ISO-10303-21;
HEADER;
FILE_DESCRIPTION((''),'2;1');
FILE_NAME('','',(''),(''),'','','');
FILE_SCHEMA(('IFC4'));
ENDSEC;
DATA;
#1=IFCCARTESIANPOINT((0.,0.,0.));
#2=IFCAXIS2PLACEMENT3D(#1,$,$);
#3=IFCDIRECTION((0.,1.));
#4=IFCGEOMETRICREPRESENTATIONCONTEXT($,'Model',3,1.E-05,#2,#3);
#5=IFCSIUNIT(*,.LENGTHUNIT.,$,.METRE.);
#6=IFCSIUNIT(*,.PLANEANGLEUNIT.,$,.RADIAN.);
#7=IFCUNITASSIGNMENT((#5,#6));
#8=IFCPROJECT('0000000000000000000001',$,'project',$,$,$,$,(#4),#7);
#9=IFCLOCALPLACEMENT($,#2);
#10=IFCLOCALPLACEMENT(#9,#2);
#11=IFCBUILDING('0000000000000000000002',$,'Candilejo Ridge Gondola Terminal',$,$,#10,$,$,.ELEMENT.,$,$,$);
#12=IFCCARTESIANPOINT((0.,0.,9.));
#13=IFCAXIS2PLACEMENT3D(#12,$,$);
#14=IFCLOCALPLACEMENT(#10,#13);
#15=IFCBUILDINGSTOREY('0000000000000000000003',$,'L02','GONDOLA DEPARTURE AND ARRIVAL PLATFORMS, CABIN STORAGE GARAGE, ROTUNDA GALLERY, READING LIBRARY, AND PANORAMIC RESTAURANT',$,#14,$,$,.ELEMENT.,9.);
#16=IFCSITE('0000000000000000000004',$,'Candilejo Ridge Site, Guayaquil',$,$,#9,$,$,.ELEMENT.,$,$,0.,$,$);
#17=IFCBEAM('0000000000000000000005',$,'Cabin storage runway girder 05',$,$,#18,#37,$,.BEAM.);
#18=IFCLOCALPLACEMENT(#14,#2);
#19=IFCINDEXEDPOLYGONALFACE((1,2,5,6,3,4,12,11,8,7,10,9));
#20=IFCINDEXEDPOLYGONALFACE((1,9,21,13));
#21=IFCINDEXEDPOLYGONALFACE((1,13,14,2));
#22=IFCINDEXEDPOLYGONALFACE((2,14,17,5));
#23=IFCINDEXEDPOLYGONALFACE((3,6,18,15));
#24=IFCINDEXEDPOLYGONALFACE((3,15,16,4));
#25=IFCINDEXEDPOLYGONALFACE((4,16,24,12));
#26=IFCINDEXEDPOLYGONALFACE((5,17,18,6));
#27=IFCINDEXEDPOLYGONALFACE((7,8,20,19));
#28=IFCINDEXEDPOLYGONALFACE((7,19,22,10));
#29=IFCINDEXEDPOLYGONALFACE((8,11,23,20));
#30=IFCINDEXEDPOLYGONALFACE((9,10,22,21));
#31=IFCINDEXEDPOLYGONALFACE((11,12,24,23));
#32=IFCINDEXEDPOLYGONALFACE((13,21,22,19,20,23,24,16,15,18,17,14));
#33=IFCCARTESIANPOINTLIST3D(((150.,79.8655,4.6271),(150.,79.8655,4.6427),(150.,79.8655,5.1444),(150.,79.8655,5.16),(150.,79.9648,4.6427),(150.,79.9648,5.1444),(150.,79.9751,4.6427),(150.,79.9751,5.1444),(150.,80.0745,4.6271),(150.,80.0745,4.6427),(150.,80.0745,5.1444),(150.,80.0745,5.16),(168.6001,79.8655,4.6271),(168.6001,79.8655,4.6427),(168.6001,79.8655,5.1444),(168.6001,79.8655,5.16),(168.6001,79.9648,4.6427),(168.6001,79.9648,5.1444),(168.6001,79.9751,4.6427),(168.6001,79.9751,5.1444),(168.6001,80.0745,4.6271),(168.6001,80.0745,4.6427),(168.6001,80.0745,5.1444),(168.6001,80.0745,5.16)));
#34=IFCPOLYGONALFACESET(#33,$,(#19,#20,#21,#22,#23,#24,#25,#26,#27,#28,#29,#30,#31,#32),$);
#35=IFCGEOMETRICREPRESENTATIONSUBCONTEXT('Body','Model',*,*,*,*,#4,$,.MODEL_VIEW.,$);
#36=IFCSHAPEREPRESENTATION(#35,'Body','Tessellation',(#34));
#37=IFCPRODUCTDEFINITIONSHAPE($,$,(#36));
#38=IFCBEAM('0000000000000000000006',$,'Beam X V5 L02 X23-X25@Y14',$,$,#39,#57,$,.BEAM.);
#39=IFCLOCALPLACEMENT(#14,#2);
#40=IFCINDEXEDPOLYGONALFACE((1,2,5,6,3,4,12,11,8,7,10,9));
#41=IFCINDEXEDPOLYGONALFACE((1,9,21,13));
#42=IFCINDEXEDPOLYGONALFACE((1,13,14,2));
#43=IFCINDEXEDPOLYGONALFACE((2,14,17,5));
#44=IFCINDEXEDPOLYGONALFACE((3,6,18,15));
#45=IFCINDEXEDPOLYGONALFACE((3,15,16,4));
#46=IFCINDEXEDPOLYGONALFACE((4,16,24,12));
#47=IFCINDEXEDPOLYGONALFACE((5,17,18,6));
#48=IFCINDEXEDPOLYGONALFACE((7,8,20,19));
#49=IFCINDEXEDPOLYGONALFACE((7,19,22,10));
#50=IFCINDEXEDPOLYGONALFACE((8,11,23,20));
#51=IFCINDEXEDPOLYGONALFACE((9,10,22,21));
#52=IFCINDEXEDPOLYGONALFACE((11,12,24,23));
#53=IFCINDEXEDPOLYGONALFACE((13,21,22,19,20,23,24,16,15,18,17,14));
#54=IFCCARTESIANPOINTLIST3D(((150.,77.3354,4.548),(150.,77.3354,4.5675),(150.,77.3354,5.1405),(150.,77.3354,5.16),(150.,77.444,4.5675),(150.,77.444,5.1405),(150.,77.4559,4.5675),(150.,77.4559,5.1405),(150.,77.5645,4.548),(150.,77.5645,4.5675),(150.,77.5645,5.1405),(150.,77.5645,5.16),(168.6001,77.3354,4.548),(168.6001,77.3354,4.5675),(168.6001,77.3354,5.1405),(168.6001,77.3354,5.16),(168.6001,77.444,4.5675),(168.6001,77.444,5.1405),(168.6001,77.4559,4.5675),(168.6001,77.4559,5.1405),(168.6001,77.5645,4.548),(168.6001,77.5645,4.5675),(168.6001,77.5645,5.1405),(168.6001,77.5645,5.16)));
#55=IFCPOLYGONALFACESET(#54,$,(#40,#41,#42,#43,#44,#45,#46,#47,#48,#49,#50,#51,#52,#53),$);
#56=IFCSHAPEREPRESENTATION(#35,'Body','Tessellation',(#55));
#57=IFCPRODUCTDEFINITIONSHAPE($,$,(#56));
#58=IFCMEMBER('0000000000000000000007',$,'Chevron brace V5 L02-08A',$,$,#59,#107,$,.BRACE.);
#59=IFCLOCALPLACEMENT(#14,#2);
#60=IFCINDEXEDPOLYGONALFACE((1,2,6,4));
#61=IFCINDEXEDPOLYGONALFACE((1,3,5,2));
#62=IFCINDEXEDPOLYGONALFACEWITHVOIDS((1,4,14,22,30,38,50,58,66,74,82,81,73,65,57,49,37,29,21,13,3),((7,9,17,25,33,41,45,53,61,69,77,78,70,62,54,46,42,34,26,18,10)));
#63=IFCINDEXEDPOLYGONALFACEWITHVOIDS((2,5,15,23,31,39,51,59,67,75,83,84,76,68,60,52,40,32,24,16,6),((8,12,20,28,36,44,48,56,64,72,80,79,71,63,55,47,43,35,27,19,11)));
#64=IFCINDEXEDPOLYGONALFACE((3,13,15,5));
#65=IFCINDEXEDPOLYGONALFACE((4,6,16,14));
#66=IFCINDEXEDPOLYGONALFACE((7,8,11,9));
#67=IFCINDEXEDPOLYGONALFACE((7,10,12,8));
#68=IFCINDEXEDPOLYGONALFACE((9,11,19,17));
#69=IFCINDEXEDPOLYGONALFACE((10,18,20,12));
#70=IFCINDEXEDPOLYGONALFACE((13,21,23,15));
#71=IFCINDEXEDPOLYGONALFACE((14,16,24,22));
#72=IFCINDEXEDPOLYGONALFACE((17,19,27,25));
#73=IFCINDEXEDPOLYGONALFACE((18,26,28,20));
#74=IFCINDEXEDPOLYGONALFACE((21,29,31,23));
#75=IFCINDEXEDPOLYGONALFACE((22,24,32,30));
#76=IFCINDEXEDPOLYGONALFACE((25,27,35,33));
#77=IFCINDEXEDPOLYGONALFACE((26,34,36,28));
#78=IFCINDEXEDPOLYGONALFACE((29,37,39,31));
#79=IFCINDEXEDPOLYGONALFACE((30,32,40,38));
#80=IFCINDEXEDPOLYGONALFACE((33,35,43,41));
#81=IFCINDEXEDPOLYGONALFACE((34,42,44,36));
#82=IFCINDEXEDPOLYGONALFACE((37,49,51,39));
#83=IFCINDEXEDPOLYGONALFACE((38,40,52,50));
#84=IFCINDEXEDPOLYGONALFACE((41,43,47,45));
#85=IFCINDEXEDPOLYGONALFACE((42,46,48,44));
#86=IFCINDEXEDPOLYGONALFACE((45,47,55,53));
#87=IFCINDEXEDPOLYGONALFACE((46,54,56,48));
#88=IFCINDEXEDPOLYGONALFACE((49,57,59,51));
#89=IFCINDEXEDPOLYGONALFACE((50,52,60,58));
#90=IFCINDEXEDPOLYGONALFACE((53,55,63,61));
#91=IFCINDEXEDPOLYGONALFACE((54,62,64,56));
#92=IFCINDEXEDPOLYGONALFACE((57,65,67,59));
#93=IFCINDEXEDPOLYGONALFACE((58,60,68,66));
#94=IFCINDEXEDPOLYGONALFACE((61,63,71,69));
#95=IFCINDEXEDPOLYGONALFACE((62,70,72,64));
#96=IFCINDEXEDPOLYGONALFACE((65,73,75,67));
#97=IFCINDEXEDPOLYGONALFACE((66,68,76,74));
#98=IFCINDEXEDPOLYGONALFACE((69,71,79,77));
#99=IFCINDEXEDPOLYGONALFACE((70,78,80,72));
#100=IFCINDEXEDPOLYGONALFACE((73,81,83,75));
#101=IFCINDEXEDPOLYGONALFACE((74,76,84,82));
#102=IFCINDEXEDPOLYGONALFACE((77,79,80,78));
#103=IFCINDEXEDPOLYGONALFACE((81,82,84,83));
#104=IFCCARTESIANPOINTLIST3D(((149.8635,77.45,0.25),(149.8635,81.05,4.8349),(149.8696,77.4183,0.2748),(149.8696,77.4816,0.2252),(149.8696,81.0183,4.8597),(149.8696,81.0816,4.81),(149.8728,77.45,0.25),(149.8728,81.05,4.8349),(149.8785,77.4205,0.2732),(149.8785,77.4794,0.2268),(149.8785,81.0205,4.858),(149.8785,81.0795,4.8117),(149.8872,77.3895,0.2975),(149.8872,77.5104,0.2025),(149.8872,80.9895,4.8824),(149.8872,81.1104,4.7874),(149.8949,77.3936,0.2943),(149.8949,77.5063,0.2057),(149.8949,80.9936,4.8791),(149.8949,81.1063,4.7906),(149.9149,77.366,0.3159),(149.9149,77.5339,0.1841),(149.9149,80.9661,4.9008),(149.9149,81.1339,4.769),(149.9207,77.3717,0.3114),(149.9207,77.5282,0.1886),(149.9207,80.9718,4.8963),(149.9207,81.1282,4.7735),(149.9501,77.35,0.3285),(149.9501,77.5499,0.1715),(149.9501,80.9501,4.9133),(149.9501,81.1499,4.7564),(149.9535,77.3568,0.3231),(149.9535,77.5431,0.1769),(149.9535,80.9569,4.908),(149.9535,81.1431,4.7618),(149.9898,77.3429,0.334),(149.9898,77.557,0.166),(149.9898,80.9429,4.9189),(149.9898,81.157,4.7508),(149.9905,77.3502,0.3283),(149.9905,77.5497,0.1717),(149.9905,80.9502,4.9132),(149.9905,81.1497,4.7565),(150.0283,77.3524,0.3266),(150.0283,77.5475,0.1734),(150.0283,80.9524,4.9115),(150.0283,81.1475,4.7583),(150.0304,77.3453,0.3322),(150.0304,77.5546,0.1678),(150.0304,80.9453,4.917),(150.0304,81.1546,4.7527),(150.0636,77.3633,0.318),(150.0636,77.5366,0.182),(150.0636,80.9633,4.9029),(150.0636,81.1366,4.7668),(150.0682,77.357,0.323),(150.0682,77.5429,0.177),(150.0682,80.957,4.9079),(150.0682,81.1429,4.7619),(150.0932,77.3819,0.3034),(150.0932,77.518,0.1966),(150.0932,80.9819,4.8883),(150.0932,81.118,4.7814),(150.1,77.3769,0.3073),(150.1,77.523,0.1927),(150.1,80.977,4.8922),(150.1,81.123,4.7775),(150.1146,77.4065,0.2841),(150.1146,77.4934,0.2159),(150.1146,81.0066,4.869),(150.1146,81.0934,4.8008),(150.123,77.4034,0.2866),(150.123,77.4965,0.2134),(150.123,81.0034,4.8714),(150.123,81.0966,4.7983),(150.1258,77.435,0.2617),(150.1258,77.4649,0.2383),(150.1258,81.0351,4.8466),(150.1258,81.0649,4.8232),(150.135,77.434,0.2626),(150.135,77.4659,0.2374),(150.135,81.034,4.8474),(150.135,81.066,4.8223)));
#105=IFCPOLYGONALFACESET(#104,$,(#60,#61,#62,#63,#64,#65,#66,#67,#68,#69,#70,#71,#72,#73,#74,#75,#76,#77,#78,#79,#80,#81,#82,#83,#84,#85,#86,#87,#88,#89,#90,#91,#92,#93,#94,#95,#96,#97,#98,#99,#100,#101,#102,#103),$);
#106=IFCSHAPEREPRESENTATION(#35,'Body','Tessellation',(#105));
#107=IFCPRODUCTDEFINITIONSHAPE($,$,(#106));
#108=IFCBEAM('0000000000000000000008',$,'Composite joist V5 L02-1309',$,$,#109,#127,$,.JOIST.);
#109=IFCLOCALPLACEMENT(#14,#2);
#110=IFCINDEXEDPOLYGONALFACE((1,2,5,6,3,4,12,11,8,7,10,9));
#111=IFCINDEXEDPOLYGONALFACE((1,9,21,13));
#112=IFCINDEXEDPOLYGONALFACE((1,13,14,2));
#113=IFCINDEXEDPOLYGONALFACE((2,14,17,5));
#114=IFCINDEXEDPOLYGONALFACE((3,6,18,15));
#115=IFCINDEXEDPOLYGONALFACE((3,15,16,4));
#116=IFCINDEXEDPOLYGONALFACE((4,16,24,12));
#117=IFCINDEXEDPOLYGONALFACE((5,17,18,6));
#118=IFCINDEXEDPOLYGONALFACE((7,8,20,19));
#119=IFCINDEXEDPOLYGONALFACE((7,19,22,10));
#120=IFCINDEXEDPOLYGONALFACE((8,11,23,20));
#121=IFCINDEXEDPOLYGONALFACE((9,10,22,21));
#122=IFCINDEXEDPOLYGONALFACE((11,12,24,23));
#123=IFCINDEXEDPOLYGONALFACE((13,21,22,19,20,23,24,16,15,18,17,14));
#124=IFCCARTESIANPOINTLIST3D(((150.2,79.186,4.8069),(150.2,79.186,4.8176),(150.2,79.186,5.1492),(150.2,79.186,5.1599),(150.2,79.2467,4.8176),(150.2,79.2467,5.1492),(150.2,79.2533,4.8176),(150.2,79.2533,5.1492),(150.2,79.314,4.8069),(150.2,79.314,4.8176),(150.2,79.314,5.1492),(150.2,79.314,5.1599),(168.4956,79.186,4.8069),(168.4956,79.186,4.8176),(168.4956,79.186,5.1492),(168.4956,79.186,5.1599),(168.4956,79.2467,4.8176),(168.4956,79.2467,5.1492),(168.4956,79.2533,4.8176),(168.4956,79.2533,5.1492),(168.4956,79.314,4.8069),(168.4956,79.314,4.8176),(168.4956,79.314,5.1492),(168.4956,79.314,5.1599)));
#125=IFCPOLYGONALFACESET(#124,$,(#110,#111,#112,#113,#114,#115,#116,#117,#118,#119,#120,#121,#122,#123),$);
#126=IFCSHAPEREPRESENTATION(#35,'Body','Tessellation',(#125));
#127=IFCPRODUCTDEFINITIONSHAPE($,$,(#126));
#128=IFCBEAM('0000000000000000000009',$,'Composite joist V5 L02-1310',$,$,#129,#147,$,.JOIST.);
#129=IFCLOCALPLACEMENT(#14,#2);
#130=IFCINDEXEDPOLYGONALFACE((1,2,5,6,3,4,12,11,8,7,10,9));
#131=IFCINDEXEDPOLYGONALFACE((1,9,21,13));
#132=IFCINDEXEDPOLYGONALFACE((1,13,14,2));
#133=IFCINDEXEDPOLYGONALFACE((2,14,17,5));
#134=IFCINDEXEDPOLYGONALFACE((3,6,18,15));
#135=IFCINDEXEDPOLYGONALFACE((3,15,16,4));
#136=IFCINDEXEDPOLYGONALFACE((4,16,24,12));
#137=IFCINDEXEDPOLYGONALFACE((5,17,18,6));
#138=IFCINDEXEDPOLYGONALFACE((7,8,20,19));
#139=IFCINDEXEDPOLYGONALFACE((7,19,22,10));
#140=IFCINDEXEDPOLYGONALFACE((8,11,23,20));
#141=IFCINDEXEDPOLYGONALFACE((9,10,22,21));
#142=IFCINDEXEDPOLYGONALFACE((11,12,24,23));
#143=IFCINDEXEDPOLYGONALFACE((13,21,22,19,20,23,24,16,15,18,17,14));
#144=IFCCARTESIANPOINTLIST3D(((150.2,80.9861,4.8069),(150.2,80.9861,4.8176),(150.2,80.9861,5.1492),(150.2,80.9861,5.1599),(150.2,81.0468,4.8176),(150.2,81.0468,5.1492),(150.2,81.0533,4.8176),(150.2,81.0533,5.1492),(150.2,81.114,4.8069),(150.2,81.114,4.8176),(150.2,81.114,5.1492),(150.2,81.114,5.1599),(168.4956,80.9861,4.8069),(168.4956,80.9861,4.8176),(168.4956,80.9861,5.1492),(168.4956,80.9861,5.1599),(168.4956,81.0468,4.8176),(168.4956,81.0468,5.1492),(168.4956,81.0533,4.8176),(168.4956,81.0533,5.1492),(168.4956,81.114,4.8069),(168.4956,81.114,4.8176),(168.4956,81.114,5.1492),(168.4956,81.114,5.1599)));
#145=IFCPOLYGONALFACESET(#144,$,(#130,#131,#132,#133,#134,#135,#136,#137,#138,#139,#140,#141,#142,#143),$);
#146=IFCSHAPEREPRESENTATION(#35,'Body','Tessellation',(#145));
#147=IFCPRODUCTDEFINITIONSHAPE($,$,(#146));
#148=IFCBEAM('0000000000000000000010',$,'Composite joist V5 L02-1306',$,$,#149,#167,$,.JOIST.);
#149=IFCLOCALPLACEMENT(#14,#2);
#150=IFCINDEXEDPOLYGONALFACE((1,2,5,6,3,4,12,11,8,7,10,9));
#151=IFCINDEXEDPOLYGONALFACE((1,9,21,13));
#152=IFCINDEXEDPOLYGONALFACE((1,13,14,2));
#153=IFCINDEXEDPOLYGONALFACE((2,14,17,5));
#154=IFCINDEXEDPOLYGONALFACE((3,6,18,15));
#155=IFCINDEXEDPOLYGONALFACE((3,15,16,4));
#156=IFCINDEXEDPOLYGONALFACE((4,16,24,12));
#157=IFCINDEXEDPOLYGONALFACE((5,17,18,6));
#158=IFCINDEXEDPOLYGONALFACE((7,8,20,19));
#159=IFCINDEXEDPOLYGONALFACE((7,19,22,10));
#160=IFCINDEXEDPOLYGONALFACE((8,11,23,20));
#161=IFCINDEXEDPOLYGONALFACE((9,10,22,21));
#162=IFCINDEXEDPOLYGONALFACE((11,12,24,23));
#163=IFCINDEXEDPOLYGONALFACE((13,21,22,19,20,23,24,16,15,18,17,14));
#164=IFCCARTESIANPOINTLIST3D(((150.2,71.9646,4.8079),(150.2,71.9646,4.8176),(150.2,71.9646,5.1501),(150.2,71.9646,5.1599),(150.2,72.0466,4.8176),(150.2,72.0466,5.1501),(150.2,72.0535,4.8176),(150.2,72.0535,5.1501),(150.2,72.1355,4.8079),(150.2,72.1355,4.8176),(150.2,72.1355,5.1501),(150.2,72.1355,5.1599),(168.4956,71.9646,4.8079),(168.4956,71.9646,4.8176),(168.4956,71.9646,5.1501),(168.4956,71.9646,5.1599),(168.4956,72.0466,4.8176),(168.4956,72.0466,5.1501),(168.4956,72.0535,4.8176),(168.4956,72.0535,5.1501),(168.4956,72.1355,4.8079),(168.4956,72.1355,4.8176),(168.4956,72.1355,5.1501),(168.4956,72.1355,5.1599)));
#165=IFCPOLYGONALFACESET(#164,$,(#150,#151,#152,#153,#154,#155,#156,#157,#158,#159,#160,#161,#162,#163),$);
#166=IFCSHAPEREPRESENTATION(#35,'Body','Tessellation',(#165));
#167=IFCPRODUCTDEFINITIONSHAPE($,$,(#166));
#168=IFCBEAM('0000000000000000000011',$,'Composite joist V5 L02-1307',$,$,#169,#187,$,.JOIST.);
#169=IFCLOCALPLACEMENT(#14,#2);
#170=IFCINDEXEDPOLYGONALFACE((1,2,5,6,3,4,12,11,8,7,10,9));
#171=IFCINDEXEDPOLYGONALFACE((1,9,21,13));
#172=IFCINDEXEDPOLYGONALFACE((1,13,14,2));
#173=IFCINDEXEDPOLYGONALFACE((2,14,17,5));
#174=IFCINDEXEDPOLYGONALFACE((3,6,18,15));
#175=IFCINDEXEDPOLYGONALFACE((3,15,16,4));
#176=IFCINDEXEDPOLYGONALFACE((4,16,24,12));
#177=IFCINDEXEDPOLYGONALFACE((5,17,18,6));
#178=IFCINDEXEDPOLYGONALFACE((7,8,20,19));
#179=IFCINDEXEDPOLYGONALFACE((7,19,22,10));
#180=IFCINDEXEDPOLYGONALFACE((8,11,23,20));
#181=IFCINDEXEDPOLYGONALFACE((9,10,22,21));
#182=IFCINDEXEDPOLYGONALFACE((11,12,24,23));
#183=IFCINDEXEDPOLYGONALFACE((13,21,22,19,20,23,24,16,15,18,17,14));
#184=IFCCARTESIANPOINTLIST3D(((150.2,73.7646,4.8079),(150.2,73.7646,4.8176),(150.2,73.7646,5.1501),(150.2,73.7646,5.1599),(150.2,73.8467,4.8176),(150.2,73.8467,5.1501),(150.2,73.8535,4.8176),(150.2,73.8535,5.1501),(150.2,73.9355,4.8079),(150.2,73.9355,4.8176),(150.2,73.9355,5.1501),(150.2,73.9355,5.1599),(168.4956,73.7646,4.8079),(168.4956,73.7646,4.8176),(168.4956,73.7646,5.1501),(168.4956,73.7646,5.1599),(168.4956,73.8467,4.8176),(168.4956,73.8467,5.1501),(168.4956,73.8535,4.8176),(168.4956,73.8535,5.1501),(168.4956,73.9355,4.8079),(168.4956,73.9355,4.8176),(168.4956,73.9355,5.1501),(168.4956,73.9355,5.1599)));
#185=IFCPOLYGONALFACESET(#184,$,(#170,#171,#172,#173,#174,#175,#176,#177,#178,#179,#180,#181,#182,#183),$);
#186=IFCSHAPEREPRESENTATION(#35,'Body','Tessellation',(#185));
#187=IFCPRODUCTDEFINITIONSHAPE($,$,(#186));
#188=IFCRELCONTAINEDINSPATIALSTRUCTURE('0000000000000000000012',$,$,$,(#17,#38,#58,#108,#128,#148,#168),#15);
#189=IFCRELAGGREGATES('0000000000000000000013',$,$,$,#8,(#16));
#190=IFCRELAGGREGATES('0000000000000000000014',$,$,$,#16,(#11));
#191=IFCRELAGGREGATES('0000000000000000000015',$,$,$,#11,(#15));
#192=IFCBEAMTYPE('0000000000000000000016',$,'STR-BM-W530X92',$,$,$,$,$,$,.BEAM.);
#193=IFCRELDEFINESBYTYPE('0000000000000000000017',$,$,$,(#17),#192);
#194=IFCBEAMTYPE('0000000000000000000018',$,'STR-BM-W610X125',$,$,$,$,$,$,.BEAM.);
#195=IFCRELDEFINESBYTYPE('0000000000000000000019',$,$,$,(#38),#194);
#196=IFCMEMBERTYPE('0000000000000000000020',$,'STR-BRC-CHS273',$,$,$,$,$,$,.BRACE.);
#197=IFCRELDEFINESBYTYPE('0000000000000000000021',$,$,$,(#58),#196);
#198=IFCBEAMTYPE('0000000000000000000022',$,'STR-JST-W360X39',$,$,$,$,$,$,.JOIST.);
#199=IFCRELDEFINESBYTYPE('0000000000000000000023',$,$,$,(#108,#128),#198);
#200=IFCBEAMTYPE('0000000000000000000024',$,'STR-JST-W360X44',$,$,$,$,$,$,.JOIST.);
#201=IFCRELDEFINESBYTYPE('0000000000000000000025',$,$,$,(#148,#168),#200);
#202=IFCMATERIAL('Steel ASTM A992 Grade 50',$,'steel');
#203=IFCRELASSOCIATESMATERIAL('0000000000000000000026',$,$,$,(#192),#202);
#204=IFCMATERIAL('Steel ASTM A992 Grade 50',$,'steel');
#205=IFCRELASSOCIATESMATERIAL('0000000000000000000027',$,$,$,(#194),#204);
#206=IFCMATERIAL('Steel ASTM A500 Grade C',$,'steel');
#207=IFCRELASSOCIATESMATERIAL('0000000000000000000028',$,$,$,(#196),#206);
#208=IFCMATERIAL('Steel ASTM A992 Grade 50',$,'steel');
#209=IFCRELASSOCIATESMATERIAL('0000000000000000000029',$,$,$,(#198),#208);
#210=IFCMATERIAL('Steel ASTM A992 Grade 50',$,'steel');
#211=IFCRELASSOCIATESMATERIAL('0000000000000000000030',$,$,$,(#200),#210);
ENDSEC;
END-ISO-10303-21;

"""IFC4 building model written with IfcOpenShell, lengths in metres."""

from ifc_helpers import new_model, si_unit, direction, frame, origin, origin_2d, place, context, subcontext, project, spatial, hollow_circle, i_section, extrude, material, material_profile, profile_set, type_object, element, save


model = new_model("IFC4")

# Units and contexts
model_context = context("Model", 3, precision=1e-05, world=origin(), true_north=direction((0.0, 1.0)))
body_context = subcontext(model_context, "Body", "Model", "MODEL_VIEW")
ifc_project = project(units=[si_unit("LENGTHUNIT", "METRE"), si_unit("PLANEANGLEUNIT", "RADIAN")], contexts=[model_context])

# Site, building, storey
site_placement = place(None, origin())
site = spatial("IfcSite", under=ifc_project, at=site_placement, Name="Candilejo Ridge Site, Guayaquil", CompositionType="ELEMENT", RefElevation=0.0)
building_placement = place(site_placement, origin())
building = spatial("IfcBuilding", under=site, at=building_placement, Name="Candilejo Ridge Gondola Terminal", CompositionType="ELEMENT")
storey_placement = place(building_placement, frame((0.0, 0.0, 9.0)))
storey = spatial("IfcBuildingStorey", under=building, at=storey_placement, Name="L02", Description="GONDOLA DEPARTURE AND ARRIVAL PLATFORMS, CABIN STORAGE GARAGE, ROTUNDA GALLERY, READING LIBRARY, AND PANORAMIC RESTAURANT", CompositionType="ELEMENT", Elevation=9.0)

# Beams
ifc_material_1 = material(Name="Steel ASTM A992 Grade 50", Category="steel")
ifc_material_profile_1 = material_profile(ifc_material_1, i_section(OverallWidth=0.209, OverallDepth=0.533, WebThickness=0.0103, FlangeThickness=0.0156, at=origin_2d()))
ifc_profile_set_1 = profile_set([ifc_material_profile_1], Name="Steel ASTM A992 Grade 50")
beam_type_1 = type_object("IfcBeamType", Name="STR-BM-W530X92", PredefinedType="BEAM", material=ifc_profile_set_1)
beam_1_placement = place(storey_placement, frame((150.0, 79.97, 4.8936), z_axis=(1.0, 0.0, 0.0), x_axis=(0.0, 1.0, 0.0)))
element("IfcBeam", 1, at=beam_1_placement, inside=storey, type_object=beam_type_1, Name="Cabin storage runway girder 05", PredefinedType="BEAM", context=body_context, shape_type="SweptSolid", body=[
    extrude(i_section(OverallWidth=0.209, OverallDepth=0.533, WebThickness=0.0103, FlangeThickness=0.0156, at=origin_2d()), origin(), (0.0, 0.0, 1.0), 18.6001),
])
ifc_material_2 = material(Name="Steel ASTM A992 Grade 50", Category="steel")
ifc_material_profile_2 = material_profile(ifc_material_2, i_section(OverallWidth=0.229, OverallDepth=0.6121, WebThickness=0.012, FlangeThickness=0.0195, at=origin_2d()))
ifc_profile_set_2 = profile_set([ifc_material_profile_2], Name="Steel ASTM A992 Grade 50")
beam_type_2 = type_object("IfcBeamType", Name="STR-BM-W610X125", PredefinedType="BEAM", material=ifc_profile_set_2)
beam_2_placement = place(storey_placement, frame((150.0, 77.45, 4.854), z_axis=(1.0, 0.0, 0.0), x_axis=(0.0, 1.0, 0.0)))
element("IfcBeam", 2, at=beam_2_placement, inside=storey, type_object=beam_type_2, Name="Beam X V5 L02 X23-X25@Y14", PredefinedType="BEAM", context=body_context, shape_type="SweptSolid", body=[
    extrude(i_section(OverallWidth=0.229, OverallDepth=0.6121, WebThickness=0.012, FlangeThickness=0.0195, at=origin_2d()), origin(), (0.0, 0.0, 1.0), 18.6001),
])

# Member
ifc_material_3 = material(Name="Steel ASTM A500 Grade C", Category="steel")
ifc_material_profile_3 = material_profile(ifc_material_3, hollow_circle(Radius=0.1365, WallThickness=0.0093, at=origin_2d()))
ifc_profile_set_3 = profile_set([ifc_material_profile_3], Name="Steel ASTM A500 Grade C")
member_type_1 = type_object("IfcMemberType", Name="STR-BRC-CHS273", PredefinedType="BRACE", material=ifc_profile_set_3)
member_1_placement = place(storey_placement, frame((150.0, 77.45, 0.25), z_axis=(0.0, 0.61757, 0.786516), x_axis=(-1.0, 0.0, 0.0)))
element("IfcMember", 3, at=member_1_placement, inside=storey, type_object=member_type_1, Name="Chevron brace V5 L02-08A", PredefinedType="BRACE", context=body_context, shape_type="SweptSolid", body=[
    extrude(hollow_circle(Radius=0.1365, WallThickness=0.0093, at=origin_2d()), origin(), (0.0, 0.0, 1.0), 5.8293),
])

# Beams
ifc_material_4 = material(Name="Steel ASTM A992 Grade 50", Category="steel")
ifc_material_profile_4 = material_profile(ifc_material_4, i_section(OverallWidth=0.1279, OverallDepth=0.353, WebThickness=0.0066, FlangeThickness=0.0107, at=origin_2d()))
ifc_profile_set_4 = profile_set([ifc_material_profile_4], Name="Steel ASTM A992 Grade 50")
beam_type_3 = type_object("IfcBeamType", Name="STR-JST-W360X39", PredefinedType="JOIST", material=ifc_profile_set_4)
for number, where, z_axis, x_axis, name in (
    (4, (150.2, 79.25, 4.9834), (1.0, 0.0, 0.0), (0.0, 1.0, 0.0), "Composite joist V5 L02-1309"),
    (5, (150.2, 81.05, 4.9834), (1.0, 0.0, 0.0), (0.0, 1.0, 0.0), "Composite joist V5 L02-1310"),
):
    element("IfcBeam", number, at=place(storey_placement, frame(where, z_axis=z_axis, x_axis=x_axis)), inside=storey, type_object=beam_type_3, Name=name, PredefinedType="JOIST", context=body_context, shape_type="SweptSolid", body=[
        extrude(i_section(OverallWidth=0.1279, OverallDepth=0.353, WebThickness=0.0066, FlangeThickness=0.0107, at=origin_2d()), origin(), (0.0, 0.0, 1.0), 18.2957),
    ])
ifc_material_5 = material(Name="Steel ASTM A992 Grade 50", Category="steel")
ifc_material_profile_5 = material_profile(ifc_material_5, i_section(OverallWidth=0.1709, OverallDepth=0.3521, WebThickness=0.0068, FlangeThickness=0.0098, at=origin_2d()))
ifc_profile_set_5 = profile_set([ifc_material_profile_5], Name="Steel ASTM A992 Grade 50")
beam_type_4 = type_object("IfcBeamType", Name="STR-JST-W360X44", PredefinedType="JOIST", material=ifc_profile_set_5)
for number, where, z_axis, x_axis, name in (
    (6, (150.2, 72.05, 4.9839), (1.0, 0.0, 0.0), (0.0, 1.0, 0.0), "Composite joist V5 L02-1306"),
    (7, (150.2, 73.8501, 4.9839), (1.0, 0.0, 0.0), (0.0, 1.0, 0.0), "Composite joist V5 L02-1307"),
):
    element("IfcBeam", number, at=place(storey_placement, frame(where, z_axis=z_axis, x_axis=x_axis)), inside=storey, type_object=beam_type_4, Name=name, PredefinedType="JOIST", context=body_context, shape_type="SweptSolid", body=[
        extrude(i_section(OverallWidth=0.1709, OverallDepth=0.3521, WebThickness=0.0068, FlangeThickness=0.0098, at=origin_2d()), origin(), (0.0, 0.0, 1.0), 18.2957),
    ])

save(model, "model.ifc")
